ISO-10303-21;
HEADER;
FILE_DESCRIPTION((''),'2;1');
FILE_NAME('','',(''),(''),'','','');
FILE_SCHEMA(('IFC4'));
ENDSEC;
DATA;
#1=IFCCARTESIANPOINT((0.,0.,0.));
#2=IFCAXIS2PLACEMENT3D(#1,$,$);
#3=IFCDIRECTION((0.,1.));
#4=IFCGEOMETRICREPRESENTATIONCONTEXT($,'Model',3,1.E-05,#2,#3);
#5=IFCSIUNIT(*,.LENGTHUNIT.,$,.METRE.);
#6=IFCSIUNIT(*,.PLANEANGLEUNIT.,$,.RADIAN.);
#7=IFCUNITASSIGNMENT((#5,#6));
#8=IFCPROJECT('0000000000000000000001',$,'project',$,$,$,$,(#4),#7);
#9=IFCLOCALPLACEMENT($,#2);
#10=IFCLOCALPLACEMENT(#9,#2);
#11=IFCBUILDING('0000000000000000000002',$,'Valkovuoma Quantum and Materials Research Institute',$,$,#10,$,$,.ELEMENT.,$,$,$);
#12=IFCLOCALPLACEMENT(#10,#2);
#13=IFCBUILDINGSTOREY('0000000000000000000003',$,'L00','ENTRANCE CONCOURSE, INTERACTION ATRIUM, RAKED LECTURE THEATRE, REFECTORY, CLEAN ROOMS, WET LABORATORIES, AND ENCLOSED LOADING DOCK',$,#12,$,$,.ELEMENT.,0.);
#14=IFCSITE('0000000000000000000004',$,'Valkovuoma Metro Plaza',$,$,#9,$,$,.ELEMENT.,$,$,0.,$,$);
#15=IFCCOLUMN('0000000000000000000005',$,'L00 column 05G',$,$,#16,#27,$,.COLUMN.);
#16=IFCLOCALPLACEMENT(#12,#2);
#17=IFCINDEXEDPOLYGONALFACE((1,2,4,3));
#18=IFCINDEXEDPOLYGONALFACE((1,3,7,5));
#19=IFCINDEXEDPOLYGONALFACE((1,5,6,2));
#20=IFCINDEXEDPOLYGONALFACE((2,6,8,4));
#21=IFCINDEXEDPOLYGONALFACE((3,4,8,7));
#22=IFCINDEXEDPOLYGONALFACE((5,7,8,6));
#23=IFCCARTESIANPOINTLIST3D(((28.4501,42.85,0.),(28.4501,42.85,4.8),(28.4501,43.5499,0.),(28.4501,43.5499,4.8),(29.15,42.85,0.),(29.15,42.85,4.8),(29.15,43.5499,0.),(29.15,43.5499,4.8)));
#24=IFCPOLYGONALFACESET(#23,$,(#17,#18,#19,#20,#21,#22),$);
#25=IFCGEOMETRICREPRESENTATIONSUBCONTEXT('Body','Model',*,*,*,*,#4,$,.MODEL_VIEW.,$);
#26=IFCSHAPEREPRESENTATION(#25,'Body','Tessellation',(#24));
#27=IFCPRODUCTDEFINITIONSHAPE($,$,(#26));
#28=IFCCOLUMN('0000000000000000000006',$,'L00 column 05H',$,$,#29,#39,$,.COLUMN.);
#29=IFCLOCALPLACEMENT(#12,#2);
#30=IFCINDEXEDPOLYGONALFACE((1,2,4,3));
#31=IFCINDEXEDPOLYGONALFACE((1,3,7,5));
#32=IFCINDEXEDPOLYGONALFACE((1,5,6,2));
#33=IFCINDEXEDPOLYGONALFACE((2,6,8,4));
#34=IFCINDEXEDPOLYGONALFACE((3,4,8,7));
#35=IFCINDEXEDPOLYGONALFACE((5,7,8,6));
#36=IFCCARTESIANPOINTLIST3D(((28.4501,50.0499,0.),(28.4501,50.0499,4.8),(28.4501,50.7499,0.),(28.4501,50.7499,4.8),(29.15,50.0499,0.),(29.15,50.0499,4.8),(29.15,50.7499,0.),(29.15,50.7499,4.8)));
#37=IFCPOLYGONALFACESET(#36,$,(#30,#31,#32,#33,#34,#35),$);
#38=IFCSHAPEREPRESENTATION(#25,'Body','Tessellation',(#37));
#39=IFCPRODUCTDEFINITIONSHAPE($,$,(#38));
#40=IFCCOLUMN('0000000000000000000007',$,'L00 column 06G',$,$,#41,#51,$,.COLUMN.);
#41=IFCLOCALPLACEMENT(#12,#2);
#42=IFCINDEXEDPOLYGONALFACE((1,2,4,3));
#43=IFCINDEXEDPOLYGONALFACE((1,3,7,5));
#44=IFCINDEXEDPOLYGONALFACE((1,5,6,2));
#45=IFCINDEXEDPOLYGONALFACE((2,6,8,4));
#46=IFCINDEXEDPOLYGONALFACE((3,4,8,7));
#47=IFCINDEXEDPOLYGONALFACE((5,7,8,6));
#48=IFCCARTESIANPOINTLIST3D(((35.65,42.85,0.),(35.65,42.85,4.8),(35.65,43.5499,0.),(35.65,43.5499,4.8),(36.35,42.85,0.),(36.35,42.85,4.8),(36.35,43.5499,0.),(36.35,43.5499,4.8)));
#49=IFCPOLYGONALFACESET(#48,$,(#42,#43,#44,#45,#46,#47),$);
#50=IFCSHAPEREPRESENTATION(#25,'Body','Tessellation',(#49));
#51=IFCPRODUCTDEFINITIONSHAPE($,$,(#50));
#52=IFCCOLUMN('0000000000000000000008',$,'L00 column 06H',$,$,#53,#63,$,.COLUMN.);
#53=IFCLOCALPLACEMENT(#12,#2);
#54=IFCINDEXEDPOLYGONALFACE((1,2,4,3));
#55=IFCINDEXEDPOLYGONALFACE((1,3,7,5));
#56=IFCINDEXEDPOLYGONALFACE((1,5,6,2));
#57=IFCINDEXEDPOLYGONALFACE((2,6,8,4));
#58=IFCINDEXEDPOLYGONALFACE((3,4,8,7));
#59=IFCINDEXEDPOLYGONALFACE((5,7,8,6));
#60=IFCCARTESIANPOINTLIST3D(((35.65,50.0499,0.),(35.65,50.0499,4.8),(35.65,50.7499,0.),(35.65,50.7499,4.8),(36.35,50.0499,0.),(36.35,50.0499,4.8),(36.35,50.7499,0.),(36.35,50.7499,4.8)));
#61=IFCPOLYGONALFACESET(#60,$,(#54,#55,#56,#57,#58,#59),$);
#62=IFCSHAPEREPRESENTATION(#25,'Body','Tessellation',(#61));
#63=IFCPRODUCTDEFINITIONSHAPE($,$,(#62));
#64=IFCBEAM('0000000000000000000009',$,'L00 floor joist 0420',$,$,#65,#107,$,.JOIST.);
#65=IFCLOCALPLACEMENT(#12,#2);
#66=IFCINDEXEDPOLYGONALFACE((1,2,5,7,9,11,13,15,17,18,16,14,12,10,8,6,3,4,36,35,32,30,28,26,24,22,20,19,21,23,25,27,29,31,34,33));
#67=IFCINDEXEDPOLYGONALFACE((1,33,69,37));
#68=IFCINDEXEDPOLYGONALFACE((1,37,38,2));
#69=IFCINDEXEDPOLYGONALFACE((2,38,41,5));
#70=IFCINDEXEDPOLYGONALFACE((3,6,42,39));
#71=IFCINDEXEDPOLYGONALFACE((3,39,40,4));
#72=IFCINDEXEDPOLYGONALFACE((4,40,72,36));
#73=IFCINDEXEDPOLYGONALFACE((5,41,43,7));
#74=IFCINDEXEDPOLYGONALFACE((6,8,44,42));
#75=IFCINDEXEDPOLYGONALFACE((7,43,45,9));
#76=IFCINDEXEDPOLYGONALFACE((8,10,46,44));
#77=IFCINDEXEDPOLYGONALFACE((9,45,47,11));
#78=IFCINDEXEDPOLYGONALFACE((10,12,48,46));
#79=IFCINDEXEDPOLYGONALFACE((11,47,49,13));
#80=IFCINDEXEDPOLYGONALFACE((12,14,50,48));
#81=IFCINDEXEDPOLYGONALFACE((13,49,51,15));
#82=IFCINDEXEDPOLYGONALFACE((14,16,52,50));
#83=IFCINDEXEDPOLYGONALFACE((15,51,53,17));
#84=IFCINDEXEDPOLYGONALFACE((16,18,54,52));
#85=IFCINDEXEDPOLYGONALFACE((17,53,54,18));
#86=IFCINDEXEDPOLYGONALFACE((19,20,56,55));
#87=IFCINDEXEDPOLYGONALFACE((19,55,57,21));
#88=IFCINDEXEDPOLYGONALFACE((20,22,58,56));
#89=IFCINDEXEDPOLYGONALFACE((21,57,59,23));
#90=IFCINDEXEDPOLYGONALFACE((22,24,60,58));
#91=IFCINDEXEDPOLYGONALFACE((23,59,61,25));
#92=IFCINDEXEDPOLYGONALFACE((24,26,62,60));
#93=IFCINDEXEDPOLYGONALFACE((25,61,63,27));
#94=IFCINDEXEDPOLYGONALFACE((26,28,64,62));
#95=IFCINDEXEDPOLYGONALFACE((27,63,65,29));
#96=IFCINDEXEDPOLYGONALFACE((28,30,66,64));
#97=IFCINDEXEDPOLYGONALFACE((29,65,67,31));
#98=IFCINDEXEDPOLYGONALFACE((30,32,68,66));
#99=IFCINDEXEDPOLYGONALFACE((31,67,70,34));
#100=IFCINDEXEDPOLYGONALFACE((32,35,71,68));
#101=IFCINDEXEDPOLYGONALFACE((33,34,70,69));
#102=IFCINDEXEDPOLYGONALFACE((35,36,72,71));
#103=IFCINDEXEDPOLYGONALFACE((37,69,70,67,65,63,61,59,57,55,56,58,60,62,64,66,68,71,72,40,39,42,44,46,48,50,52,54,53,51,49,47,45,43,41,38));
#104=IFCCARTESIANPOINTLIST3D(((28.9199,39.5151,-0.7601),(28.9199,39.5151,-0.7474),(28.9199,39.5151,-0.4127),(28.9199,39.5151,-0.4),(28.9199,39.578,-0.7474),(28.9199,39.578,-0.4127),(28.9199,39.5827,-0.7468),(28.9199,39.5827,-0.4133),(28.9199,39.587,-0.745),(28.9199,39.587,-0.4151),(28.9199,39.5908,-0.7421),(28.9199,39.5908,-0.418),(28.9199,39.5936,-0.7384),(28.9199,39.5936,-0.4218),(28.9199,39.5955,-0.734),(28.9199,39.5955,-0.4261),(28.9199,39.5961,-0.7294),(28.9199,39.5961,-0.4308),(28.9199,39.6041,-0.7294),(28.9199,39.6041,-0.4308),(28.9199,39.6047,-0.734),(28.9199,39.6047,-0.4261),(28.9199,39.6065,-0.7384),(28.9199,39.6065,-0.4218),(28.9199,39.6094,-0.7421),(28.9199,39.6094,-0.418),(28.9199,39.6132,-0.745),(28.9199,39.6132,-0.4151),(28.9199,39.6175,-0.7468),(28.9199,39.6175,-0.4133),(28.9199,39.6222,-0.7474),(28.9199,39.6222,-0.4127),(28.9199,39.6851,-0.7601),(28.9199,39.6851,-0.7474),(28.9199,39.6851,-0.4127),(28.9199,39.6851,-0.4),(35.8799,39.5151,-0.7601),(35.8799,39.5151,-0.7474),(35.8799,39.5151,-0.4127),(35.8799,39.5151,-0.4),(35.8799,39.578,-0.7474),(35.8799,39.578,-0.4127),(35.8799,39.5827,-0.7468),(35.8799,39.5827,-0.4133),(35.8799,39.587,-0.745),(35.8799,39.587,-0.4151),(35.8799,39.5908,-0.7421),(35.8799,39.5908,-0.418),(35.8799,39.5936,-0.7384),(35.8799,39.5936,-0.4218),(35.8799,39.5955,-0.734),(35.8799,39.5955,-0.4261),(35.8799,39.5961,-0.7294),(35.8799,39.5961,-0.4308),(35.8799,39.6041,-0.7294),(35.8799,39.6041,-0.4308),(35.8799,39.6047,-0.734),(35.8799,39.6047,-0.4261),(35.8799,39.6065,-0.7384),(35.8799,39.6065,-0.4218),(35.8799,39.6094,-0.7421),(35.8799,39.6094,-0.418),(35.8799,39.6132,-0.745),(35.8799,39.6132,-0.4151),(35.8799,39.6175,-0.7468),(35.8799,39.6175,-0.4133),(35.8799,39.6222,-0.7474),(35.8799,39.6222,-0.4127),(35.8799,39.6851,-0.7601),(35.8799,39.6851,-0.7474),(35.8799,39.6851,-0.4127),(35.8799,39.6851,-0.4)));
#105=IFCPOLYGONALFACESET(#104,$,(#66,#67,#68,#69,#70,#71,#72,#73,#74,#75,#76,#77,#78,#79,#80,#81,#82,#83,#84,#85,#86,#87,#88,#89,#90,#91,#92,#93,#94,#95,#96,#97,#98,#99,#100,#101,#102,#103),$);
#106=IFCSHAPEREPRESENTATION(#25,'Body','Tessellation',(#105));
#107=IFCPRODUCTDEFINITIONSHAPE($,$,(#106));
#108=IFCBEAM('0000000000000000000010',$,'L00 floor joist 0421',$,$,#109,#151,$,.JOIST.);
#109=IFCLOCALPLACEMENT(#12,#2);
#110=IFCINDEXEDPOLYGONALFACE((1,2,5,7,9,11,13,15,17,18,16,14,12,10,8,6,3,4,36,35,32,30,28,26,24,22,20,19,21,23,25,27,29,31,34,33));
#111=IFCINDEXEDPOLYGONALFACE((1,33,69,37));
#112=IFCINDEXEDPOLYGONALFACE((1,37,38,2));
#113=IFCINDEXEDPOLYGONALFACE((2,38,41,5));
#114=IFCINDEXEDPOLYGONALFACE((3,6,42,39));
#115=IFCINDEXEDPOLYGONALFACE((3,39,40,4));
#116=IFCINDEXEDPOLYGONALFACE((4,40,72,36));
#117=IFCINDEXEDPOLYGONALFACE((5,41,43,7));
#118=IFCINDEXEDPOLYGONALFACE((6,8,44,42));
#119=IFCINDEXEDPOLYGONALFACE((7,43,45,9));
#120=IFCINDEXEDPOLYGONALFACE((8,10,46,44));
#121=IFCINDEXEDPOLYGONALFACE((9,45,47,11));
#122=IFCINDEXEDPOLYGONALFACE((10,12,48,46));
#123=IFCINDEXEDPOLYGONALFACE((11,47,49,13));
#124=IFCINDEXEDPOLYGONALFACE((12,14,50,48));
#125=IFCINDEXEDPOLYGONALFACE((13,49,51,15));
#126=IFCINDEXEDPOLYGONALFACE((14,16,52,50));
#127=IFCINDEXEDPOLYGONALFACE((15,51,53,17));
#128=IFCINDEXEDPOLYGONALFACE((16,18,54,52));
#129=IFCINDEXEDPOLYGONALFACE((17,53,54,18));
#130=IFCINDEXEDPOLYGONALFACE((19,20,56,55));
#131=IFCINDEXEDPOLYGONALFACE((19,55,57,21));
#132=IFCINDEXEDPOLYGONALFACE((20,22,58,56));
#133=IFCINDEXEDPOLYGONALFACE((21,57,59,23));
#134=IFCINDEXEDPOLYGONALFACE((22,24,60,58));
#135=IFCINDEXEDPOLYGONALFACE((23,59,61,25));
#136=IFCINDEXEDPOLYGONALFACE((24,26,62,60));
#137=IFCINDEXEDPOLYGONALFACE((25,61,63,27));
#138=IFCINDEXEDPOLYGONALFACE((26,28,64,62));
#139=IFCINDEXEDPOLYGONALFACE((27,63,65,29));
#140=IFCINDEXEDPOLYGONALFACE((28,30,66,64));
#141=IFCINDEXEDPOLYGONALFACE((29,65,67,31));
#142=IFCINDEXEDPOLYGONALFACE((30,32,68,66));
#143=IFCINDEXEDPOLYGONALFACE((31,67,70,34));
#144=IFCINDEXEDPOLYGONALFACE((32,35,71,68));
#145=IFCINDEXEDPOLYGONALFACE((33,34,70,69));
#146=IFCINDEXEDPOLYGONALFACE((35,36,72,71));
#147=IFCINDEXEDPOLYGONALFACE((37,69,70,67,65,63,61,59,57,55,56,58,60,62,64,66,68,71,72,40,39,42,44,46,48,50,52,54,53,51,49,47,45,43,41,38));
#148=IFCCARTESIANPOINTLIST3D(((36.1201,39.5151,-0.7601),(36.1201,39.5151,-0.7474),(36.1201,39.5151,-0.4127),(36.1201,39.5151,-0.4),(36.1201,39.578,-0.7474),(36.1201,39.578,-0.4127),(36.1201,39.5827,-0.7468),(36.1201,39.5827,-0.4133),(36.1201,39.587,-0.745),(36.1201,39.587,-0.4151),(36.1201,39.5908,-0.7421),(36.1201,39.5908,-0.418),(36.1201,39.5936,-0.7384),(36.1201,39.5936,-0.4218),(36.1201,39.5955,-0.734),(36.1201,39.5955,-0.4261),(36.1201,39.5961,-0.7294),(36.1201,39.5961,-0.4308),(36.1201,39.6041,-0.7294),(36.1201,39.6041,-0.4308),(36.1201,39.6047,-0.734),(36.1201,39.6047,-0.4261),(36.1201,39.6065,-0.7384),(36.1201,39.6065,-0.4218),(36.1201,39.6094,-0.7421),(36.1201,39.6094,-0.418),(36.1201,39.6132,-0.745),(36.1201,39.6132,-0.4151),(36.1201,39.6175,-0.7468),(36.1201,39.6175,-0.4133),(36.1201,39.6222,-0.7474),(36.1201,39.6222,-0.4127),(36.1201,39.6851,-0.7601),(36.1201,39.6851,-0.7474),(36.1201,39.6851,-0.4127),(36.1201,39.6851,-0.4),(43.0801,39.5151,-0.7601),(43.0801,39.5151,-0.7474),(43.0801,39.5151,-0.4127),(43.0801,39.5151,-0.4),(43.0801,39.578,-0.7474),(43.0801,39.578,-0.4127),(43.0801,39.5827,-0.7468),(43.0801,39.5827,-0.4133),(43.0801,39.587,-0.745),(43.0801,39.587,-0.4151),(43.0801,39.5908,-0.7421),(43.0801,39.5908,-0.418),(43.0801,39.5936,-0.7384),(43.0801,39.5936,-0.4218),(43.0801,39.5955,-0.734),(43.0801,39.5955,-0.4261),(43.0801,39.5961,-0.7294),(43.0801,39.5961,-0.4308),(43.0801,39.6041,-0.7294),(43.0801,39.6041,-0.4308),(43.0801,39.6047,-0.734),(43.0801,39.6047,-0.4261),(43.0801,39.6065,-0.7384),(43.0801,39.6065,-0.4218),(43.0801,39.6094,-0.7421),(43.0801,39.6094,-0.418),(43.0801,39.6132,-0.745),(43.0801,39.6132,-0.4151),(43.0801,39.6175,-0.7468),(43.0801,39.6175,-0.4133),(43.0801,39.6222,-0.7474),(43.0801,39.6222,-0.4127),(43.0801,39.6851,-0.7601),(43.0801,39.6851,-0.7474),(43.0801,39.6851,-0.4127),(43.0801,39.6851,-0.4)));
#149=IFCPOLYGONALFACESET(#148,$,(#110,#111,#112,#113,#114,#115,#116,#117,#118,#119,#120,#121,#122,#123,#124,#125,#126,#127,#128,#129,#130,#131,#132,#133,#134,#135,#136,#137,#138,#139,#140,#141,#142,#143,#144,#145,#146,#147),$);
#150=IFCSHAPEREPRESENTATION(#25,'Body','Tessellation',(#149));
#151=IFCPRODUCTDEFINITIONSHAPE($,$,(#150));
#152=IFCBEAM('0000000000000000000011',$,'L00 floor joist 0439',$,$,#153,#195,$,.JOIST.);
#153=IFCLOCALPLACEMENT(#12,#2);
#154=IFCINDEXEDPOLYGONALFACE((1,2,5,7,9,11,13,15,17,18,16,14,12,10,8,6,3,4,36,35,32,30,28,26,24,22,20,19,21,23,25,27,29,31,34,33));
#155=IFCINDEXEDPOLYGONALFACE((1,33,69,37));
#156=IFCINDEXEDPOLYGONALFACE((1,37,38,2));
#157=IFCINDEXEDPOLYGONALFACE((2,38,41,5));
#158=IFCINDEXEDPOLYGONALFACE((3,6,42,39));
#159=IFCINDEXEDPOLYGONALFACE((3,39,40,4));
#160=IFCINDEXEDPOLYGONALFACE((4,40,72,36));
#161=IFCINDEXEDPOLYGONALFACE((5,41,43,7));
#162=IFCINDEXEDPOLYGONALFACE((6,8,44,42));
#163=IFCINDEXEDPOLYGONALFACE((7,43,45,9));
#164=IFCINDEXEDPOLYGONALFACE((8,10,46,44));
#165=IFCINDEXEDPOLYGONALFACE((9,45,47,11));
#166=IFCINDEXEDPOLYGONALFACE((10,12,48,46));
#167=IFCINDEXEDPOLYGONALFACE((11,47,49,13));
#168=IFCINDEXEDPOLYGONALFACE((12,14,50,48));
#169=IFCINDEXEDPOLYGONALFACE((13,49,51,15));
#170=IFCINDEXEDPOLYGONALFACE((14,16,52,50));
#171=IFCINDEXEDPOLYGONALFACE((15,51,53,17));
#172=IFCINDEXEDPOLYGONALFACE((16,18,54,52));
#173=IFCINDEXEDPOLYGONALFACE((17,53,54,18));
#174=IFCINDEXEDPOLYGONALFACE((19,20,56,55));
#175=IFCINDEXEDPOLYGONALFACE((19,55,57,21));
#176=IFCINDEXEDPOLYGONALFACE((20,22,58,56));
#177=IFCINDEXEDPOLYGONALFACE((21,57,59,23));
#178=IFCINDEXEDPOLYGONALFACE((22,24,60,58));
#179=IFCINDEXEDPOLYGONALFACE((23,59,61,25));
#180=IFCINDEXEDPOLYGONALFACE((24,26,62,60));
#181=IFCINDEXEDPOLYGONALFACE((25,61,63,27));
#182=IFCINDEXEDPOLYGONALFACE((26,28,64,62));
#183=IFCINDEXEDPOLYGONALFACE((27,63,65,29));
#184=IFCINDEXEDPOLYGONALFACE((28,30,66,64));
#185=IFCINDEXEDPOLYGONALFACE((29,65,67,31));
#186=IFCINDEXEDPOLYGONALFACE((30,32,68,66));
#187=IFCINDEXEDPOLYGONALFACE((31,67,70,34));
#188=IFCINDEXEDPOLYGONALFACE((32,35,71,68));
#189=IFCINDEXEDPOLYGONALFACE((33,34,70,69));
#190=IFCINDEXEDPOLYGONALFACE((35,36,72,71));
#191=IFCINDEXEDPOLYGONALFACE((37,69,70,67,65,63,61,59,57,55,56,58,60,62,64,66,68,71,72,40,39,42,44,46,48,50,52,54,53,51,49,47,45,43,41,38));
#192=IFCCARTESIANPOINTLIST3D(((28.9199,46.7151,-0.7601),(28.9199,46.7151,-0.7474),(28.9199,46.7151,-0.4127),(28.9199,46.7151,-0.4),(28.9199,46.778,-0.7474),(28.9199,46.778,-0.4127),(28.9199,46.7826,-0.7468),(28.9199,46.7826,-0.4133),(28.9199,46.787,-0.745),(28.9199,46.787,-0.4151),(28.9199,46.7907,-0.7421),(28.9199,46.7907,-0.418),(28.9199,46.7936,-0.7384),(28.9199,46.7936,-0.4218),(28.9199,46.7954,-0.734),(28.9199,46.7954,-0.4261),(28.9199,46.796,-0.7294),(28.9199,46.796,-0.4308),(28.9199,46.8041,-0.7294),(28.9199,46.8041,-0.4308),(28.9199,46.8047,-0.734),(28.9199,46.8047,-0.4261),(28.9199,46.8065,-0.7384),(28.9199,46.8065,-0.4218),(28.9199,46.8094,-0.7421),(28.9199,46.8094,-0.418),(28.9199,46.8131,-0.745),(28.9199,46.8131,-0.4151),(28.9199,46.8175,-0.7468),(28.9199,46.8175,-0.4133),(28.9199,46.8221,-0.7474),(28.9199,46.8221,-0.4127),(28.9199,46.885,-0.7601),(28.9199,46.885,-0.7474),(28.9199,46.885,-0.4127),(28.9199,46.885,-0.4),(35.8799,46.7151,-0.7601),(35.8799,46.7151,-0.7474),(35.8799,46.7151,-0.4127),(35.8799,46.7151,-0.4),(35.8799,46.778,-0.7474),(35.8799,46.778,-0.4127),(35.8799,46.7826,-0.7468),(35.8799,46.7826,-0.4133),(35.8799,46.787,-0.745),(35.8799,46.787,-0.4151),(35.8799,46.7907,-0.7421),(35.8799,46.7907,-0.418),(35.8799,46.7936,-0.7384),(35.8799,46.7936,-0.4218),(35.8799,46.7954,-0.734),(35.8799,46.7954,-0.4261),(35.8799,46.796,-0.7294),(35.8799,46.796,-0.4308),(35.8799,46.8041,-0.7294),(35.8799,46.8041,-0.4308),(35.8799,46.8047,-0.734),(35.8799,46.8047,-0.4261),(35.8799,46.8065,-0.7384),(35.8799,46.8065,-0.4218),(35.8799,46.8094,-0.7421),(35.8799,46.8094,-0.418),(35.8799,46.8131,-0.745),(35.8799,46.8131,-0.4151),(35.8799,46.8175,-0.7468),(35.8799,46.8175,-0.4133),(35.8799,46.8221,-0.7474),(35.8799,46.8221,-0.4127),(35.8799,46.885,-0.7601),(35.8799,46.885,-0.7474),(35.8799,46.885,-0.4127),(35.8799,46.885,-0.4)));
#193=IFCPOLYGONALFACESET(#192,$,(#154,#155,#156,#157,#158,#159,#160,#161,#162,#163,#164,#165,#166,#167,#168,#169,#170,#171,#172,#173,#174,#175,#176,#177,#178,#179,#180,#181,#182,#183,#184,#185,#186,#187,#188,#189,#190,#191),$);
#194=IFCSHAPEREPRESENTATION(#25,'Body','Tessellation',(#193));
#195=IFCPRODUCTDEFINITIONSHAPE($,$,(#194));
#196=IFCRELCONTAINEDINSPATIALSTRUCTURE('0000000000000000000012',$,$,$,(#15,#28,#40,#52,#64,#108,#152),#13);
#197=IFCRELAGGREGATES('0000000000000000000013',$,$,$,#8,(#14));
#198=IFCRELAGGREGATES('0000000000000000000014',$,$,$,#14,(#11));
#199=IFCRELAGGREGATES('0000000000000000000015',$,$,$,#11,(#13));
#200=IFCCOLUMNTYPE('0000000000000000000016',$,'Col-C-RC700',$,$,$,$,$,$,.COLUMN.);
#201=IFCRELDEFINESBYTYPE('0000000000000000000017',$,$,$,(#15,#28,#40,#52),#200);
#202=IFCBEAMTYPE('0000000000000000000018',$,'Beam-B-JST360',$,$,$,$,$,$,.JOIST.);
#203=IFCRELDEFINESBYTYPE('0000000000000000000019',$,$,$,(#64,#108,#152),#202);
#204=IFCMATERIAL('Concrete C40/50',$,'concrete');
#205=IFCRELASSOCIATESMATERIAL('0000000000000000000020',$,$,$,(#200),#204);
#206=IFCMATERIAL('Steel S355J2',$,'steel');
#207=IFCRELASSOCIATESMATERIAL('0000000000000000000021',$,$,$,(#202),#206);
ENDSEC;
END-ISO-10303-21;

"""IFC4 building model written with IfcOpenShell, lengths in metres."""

from ifc_helpers import new_model, si_unit, direction, frame, origin, origin_2d, place, context, subcontext, project, spatial, rectangle, i_section, extrude, material, material_profile, profile_set, type_object, element, save


model = new_model("IFC4")

# Units and contexts
model_context = context("Model", 3, precision=1e-05, world=origin(), true_north=direction((0.0, 1.0)))
body_context = subcontext(model_context, "Body", "Model", "MODEL_VIEW")
ifc_project = project(units=[si_unit("LENGTHUNIT", "METRE"), si_unit("PLANEANGLEUNIT", "RADIAN")], contexts=[model_context])

# Site, building, storey
site_placement = place(None, origin())
site = spatial("IfcSite", under=ifc_project, at=site_placement, Name="Valkovuoma Metro Plaza", CompositionType="ELEMENT", RefElevation=0.0)
building_placement = place(site_placement, origin())
building = spatial("IfcBuilding", under=site, at=building_placement, Name="Valkovuoma Quantum and Materials Research Institute", CompositionType="ELEMENT")
storey_placement = place(building_placement, origin())
storey = spatial("IfcBuildingStorey", under=building, at=storey_placement, Name="L00", Description="ENTRANCE CONCOURSE, INTERACTION ATRIUM, RAKED LECTURE THEATRE, REFECTORY, CLEAN ROOMS, WET LABORATORIES, AND ENCLOSED LOADING DOCK", CompositionType="ELEMENT", Elevation=0.0)

# Columns
ifc_material_1 = material(Name="Concrete C40/50", Category="concrete")
ifc_material_profile_1 = material_profile(ifc_material_1, rectangle(XDim=0.7, YDim=0.7, at=origin_2d()), Name="Concrete C40/50")
ifc_profile_set_1 = profile_set([ifc_material_profile_1], Name="Concrete C40/50")
column_type = type_object("IfcColumnType", Name="Col-C-RC700", PredefinedType="COLUMN", material=ifc_profile_set_1)
for number, where, z_axis, x_axis, name in (
    (1, (28.8, 43.2, 0.0), (0.0, 0.0, 1.0), (1.0, 0.0, 0.0), "L00 column 05G"),
    (2, (28.8, 50.3999, 0.0), (0.0, 0.0, 1.0), (1.0, 0.0, 0.0), "L00 column 05H"),
    (3, (36.0, 43.2, 0.0), (0.0, 0.0, 1.0), (1.0, 0.0, 0.0), "L00 column 06G"),
    (4, (36.0, 50.3999, 0.0), (0.0, 0.0, 1.0), (1.0, 0.0, 0.0), "L00 column 06H"),
):
    element("IfcColumn", number, at=place(storey_placement, frame(where, z_axis=z_axis, x_axis=x_axis)), inside=storey, type_object=column_type, Name=name, PredefinedType="COLUMN", context=body_context, shape_type="SweptSolid", body=[
        extrude(rectangle(XDim=0.7, YDim=0.7, at=origin_2d()), origin(), (0.0, 0.0, 1.0), 4.8),
    ])

# Beams
ifc_material_2 = material(Name="Steel S355J2", Category="steel")
ifc_material_profile_2 = material_profile(ifc_material_2, i_section(OverallWidth=0.1699, OverallDepth=0.3601, WebThickness=0.0081, FlangeThickness=0.0127, FilletRadius=0.0181, at=origin_2d()), Name="Steel S355J2")
ifc_profile_set_2 = profile_set([ifc_material_profile_2], Name="Steel S355J2")
beam_type_1 = type_object("IfcBeamType", Name="Beam-B-JST360", PredefinedType="JOIST", material=ifc_profile_set_2)
for number, where, z_axis, x_axis, name in (
    (5, (28.9199, 39.6001, -0.5801), (1.0, 0.0, 0.0), (0.0, 1.0, 0.0), "L00 floor joist 0420"),
    (6, (36.1201, 39.6001, -0.5801), (1.0, 0.0, 0.0), (0.0, 1.0, 0.0), "L00 floor joist 0421"),
    (7, (28.9199, 46.8, -0.5801), (1.0, 0.0, 0.0), (0.0, 1.0, 0.0), "L00 floor joist 0439"),
):
    element("IfcBeam", number, at=place(storey_placement, frame(where, z_axis=z_axis, x_axis=x_axis)), inside=storey, type_object=beam_type_1, Name=name, PredefinedType="JOIST", context=body_context, shape_type="SweptSolid", body=[
        extrude(i_section(OverallWidth=0.1699, OverallDepth=0.3601, WebThickness=0.0081, FlangeThickness=0.0127, FilletRadius=0.0181, at=origin_2d()), origin(), (0.0, 0.0, 1.0), 6.96),
    ])

save(model, "model.ifc")
